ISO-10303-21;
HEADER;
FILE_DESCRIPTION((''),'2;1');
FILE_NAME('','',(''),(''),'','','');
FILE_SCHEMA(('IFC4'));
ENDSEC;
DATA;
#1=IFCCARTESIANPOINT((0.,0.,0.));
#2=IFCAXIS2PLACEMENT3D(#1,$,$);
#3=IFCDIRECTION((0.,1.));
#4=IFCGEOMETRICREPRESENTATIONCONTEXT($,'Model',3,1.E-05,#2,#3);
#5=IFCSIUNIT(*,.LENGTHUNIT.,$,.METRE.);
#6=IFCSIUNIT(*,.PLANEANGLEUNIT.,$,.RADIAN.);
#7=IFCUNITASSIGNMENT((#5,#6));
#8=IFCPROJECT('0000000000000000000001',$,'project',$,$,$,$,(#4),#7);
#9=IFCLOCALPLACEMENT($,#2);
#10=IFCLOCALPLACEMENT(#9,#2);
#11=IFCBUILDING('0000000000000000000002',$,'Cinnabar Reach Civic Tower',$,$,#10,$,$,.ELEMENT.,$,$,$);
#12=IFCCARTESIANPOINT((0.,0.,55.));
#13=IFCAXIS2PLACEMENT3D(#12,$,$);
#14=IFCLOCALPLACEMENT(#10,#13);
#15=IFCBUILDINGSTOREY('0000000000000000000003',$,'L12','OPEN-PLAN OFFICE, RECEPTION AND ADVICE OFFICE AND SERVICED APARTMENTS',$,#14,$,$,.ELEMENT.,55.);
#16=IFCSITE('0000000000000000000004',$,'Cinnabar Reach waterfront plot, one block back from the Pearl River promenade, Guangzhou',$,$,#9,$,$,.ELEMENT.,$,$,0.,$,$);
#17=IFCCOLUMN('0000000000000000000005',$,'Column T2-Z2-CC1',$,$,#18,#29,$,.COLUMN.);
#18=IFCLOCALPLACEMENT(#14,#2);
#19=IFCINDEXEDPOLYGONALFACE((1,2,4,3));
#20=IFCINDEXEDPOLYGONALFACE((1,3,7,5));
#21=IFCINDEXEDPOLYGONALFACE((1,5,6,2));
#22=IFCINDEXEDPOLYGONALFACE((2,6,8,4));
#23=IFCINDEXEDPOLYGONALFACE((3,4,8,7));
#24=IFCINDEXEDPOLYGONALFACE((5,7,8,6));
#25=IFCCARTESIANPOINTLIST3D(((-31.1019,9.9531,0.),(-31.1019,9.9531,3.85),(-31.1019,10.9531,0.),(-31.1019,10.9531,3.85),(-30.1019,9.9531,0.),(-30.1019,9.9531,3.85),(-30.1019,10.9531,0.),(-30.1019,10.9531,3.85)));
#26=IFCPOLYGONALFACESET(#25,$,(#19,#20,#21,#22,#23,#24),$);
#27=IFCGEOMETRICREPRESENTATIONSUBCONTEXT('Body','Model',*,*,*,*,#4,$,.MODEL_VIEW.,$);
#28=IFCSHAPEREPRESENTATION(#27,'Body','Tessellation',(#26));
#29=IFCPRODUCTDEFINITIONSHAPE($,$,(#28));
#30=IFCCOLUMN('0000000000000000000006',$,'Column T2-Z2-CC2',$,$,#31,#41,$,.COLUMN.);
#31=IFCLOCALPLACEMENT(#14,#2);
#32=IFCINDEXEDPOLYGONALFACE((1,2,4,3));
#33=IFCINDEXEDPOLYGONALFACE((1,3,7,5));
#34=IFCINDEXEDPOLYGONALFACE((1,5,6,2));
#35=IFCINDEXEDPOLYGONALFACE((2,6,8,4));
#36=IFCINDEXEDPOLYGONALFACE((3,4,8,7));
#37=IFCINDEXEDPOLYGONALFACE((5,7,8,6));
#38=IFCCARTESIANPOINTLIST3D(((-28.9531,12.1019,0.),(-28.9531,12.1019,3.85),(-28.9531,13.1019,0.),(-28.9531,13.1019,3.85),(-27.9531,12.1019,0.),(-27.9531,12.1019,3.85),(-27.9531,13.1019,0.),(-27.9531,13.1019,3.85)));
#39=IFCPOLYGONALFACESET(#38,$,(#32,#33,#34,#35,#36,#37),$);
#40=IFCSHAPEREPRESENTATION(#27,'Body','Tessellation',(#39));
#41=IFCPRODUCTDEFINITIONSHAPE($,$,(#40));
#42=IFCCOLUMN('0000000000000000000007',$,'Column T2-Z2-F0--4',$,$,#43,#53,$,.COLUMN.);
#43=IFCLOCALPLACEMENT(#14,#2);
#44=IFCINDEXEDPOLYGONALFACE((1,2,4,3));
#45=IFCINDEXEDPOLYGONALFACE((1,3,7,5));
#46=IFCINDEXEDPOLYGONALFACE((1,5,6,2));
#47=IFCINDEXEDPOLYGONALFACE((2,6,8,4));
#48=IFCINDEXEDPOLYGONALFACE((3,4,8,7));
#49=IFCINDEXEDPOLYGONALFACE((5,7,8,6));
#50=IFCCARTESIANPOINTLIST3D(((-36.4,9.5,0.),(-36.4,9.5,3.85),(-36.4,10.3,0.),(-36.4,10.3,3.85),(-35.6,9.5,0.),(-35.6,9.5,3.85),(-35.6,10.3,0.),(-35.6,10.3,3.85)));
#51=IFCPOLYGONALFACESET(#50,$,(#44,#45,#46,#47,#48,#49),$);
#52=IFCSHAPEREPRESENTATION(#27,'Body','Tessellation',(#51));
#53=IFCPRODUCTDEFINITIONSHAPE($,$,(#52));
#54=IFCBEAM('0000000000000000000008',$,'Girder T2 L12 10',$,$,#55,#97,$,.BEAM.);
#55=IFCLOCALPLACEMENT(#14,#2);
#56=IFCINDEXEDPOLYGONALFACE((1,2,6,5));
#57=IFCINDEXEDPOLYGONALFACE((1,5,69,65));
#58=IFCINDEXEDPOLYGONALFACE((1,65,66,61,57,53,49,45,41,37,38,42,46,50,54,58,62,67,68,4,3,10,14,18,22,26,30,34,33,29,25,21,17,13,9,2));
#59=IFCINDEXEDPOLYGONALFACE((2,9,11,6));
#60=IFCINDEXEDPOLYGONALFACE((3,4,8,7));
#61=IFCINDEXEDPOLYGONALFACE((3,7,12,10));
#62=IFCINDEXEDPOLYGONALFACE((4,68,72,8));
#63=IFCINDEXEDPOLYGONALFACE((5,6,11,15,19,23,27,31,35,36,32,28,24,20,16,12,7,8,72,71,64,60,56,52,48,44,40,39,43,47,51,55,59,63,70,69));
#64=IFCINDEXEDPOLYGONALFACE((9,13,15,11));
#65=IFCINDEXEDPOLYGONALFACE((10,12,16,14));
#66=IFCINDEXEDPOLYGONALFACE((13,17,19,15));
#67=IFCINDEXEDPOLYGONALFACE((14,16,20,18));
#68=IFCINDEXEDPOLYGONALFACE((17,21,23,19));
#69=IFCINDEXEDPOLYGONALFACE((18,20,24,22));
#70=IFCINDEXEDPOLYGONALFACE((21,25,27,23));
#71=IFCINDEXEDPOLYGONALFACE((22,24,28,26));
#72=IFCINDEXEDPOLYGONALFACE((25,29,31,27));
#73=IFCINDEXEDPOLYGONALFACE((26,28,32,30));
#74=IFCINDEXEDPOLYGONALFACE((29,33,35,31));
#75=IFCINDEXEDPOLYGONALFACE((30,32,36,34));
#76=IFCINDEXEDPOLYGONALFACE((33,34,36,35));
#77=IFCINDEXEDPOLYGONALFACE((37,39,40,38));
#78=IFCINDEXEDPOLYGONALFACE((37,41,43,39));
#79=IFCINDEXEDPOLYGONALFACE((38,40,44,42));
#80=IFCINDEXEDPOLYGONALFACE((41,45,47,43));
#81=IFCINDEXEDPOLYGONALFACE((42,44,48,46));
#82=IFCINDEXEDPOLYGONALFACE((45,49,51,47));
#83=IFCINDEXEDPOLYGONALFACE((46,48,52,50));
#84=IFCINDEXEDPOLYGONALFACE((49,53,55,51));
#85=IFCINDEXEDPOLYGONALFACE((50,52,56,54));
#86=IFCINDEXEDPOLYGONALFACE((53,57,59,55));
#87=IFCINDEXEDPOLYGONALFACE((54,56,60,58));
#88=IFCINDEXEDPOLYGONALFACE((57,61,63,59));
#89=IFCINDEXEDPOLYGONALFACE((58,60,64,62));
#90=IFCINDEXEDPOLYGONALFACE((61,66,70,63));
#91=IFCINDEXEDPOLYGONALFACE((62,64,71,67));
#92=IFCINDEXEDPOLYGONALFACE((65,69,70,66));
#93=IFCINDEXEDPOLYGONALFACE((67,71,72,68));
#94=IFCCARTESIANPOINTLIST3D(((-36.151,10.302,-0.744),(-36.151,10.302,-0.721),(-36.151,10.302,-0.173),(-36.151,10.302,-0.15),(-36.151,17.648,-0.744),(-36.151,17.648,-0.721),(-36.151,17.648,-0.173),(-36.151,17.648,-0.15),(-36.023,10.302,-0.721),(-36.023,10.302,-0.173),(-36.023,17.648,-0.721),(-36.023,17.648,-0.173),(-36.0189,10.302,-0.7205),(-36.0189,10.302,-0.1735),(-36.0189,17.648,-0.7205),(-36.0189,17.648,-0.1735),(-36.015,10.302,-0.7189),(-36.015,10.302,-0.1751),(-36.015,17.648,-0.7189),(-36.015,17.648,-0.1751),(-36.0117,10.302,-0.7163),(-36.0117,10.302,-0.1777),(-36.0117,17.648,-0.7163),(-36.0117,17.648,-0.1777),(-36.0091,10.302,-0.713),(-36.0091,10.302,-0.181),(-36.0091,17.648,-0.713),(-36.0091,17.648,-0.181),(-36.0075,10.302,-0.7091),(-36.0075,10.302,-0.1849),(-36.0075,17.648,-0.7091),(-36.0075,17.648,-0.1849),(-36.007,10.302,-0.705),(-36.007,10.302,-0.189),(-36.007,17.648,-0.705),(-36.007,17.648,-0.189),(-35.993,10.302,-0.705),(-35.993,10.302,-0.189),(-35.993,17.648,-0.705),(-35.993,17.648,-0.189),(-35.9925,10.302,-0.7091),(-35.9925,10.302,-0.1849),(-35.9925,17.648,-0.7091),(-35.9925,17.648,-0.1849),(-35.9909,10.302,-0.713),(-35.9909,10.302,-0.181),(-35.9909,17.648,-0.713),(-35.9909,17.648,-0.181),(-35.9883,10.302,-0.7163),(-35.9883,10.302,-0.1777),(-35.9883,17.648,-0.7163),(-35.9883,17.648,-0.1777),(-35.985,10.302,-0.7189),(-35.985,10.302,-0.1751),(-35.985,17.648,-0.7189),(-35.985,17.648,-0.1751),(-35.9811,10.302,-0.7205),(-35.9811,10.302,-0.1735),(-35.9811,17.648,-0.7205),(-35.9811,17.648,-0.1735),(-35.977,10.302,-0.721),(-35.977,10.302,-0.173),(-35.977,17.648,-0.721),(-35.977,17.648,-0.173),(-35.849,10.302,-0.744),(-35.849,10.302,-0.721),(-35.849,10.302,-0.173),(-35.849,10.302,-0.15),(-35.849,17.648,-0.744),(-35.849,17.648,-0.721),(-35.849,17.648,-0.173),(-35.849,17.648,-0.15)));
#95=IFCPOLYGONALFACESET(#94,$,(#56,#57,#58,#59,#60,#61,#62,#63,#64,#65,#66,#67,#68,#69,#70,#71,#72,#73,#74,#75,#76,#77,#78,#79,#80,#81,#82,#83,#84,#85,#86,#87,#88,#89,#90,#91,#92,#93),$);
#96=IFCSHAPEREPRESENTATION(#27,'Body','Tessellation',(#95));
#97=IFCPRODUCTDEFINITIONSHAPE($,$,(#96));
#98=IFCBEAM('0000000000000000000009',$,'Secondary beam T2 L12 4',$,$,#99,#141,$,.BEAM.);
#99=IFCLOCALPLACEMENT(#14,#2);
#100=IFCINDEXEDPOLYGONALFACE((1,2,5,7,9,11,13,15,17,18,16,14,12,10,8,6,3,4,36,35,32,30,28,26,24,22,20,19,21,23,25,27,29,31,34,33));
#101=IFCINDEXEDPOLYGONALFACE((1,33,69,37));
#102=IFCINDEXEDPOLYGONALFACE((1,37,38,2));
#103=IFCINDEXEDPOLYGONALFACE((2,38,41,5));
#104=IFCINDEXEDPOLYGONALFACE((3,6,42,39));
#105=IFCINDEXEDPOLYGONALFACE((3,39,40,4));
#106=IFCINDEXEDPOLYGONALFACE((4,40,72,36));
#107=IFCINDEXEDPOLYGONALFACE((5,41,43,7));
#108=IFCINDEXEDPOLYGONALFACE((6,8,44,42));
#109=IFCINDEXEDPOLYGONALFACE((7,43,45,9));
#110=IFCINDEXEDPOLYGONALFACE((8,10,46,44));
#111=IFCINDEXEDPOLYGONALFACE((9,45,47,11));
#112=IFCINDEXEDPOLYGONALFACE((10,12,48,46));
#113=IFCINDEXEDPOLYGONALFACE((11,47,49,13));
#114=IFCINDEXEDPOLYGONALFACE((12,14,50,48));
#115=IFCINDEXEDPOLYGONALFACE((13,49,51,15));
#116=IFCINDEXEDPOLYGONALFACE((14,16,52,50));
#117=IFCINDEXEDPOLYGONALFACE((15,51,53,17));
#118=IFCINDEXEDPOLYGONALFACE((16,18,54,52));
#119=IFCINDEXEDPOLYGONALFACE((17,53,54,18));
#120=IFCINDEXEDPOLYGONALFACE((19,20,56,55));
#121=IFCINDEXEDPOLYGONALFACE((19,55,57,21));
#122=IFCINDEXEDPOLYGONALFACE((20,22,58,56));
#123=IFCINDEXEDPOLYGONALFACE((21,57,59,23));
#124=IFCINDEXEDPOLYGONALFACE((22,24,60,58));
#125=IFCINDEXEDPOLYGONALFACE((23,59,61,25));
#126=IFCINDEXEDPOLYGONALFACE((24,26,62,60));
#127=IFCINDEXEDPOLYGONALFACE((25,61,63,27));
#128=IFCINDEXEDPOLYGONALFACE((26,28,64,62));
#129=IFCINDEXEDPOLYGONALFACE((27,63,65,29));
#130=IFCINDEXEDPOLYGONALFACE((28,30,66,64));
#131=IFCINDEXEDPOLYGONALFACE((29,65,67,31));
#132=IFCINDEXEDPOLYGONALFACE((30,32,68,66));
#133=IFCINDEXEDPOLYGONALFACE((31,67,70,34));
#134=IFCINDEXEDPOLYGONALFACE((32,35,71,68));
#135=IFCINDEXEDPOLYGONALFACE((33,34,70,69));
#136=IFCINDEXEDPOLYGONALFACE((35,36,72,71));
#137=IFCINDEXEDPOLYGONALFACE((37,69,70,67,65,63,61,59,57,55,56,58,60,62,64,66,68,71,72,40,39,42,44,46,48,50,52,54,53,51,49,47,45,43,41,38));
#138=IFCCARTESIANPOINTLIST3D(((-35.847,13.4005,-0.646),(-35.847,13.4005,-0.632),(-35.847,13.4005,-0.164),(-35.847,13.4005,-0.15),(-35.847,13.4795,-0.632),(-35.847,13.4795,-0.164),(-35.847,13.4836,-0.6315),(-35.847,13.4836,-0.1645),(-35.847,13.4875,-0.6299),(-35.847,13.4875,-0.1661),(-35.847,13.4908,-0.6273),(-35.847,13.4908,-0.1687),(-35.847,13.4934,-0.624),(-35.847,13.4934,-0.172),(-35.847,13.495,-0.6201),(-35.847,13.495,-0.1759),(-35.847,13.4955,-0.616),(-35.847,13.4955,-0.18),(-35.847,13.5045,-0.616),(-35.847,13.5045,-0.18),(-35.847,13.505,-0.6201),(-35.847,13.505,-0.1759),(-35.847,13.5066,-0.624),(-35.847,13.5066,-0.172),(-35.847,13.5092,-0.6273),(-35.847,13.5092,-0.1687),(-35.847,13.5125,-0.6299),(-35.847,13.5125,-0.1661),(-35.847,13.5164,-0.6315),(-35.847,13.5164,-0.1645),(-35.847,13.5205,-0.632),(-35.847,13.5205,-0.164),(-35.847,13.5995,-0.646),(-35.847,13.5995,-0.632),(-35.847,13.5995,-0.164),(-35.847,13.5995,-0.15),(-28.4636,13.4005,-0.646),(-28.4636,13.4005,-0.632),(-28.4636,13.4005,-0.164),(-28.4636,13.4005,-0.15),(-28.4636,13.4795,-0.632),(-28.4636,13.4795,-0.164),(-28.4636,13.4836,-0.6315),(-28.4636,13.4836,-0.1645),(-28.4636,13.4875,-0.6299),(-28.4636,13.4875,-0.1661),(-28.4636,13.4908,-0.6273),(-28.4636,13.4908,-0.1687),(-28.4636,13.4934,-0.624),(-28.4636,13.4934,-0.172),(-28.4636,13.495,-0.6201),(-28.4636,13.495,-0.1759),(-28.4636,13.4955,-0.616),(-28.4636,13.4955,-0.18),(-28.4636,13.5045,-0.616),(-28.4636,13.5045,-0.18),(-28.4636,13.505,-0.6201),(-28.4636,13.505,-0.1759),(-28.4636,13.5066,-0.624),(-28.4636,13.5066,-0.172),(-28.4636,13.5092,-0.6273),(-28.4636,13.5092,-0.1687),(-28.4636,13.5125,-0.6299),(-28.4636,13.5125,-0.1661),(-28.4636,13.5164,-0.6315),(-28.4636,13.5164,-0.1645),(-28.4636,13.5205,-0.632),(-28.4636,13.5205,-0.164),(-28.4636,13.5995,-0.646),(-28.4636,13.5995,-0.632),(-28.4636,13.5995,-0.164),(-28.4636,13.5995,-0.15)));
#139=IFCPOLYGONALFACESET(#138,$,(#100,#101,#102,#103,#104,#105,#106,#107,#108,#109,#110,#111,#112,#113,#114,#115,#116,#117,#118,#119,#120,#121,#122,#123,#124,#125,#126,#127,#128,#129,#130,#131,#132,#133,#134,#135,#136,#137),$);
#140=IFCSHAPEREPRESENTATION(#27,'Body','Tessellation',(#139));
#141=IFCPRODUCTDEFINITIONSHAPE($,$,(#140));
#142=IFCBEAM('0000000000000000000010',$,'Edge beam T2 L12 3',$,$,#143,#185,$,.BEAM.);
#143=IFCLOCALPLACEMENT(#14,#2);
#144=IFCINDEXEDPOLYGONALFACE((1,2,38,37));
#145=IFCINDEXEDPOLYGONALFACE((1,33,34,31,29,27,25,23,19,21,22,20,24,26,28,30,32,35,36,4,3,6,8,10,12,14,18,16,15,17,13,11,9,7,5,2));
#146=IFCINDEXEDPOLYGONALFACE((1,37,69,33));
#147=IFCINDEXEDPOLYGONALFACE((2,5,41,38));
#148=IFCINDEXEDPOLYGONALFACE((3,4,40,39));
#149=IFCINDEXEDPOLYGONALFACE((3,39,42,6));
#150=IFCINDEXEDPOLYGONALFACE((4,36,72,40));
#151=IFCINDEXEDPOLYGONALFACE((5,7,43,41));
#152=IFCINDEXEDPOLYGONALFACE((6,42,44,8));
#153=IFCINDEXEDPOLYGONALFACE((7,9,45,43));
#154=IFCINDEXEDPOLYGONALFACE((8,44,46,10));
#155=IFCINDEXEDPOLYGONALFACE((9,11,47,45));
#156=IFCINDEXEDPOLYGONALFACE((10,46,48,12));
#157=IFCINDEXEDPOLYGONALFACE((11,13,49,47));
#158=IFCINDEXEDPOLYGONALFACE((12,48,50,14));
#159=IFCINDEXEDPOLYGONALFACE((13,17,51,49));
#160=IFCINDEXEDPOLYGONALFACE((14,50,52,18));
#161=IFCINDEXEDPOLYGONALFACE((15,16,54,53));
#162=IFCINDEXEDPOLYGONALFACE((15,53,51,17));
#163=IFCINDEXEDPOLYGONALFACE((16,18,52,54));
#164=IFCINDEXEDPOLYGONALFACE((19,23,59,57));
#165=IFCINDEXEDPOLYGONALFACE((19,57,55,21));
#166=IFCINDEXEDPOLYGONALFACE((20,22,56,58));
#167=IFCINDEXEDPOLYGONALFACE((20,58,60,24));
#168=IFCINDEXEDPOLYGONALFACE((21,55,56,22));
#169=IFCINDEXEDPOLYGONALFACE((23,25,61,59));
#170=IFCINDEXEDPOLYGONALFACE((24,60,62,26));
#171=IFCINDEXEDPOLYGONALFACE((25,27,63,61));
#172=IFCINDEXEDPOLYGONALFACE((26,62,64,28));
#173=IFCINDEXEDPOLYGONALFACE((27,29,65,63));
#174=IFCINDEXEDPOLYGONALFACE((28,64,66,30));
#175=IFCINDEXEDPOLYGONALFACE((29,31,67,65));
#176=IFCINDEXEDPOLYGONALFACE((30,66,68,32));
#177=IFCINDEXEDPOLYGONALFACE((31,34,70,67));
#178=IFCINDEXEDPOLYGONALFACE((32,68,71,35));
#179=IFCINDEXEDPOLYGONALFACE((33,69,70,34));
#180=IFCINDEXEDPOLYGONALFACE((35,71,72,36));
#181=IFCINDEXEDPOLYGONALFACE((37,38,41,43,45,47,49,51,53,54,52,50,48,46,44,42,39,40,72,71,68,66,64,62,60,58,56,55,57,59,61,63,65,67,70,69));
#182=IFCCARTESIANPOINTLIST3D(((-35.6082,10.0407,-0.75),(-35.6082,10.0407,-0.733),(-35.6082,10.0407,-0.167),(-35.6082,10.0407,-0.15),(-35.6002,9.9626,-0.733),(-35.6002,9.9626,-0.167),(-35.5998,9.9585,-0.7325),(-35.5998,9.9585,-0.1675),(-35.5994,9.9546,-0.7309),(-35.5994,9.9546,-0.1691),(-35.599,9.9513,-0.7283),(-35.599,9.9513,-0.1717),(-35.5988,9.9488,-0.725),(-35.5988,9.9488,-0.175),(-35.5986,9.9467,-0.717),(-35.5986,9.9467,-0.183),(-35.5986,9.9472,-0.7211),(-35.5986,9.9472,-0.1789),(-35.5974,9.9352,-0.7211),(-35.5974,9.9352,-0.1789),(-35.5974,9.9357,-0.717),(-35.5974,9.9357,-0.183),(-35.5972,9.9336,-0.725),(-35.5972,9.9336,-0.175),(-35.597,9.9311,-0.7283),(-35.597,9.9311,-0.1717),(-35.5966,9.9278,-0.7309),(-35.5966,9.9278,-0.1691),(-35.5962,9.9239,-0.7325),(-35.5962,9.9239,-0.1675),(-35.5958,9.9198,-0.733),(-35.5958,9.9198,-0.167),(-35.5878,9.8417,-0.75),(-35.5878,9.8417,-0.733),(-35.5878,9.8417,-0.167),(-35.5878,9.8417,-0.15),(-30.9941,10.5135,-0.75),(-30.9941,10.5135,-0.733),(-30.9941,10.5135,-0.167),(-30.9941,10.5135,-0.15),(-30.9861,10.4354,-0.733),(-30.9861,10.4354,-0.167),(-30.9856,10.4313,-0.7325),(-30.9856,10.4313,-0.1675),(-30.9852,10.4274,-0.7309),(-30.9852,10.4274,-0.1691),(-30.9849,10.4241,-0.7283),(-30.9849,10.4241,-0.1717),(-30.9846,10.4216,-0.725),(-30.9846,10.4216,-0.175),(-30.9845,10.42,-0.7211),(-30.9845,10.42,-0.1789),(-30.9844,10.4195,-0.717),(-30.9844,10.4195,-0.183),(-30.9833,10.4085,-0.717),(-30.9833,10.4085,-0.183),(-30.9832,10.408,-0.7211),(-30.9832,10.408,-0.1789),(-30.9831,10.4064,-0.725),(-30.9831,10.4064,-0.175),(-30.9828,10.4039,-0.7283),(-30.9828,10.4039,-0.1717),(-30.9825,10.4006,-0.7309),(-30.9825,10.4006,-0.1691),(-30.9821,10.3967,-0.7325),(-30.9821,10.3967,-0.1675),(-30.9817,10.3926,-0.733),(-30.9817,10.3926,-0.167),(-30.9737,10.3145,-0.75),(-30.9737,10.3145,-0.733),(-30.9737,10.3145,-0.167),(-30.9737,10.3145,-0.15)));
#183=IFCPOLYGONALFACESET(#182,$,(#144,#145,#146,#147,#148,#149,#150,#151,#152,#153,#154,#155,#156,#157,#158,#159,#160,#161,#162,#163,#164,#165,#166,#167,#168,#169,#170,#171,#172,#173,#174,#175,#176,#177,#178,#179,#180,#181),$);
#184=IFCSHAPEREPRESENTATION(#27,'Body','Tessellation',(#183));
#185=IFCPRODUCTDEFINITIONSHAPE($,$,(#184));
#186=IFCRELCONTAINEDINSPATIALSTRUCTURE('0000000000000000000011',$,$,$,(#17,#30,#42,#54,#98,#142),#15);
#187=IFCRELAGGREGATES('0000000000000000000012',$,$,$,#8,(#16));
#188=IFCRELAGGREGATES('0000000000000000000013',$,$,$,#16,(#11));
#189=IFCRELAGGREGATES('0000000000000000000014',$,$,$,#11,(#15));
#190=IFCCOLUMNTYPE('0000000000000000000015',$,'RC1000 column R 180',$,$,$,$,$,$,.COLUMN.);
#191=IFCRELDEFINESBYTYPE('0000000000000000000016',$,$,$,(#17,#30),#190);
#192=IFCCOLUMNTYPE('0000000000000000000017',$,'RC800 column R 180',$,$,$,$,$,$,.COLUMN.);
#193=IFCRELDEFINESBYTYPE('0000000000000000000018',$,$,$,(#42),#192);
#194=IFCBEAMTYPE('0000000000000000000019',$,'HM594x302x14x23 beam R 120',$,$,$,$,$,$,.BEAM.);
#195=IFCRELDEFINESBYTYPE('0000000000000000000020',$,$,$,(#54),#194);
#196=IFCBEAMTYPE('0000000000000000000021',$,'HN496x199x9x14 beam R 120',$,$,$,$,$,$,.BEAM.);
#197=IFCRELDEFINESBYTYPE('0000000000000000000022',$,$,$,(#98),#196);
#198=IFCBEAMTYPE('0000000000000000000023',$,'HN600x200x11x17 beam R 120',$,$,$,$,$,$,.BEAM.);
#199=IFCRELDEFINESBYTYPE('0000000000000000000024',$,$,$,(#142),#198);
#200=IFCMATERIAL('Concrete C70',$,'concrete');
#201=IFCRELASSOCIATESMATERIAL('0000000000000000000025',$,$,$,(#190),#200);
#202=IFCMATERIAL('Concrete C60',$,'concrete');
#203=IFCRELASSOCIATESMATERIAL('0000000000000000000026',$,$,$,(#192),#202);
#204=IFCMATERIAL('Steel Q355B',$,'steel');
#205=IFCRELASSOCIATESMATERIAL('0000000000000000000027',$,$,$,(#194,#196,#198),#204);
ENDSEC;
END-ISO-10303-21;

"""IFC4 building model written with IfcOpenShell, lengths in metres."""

from ifc_helpers import new_model, si_unit, direction, frame, origin, origin_2d, place, context, subcontext, project, spatial, rectangle, i_section, extrude, material, material_profile, profile_set, type_object, element, save


model = new_model("IFC4")

# Units and contexts
model_context = context("Model", 3, precision=1e-05, world=origin(), true_north=direction((0.0, 1.0)))
body_context = subcontext(model_context, "Body", "Model", "MODEL_VIEW")
ifc_project = project(units=[si_unit("LENGTHUNIT", "METRE"), si_unit("PLANEANGLEUNIT", "RADIAN")], contexts=[model_context])

# Site, building, storey
site_placement = place(None, origin())
site = spatial("IfcSite", under=ifc_project, at=site_placement, Name="Cinnabar Reach waterfront plot, one block back from the Pearl River promenade, Guangzhou", CompositionType="ELEMENT", RefElevation=0.0)
building_placement = place(site_placement, origin())
building = spatial("IfcBuilding", under=site, at=building_placement, Name="Cinnabar Reach Civic Tower", CompositionType="ELEMENT")
storey_placement = place(building_placement, frame((0.0, 0.0, 55.0)))
storey = spatial("IfcBuildingStorey", under=building, at=storey_placement, Name="L12", Description="OPEN-PLAN OFFICE, RECEPTION AND ADVICE OFFICE AND SERVICED APARTMENTS", CompositionType="ELEMENT", Elevation=55.0)

# Columns
ifc_material_1 = material(Name="Concrete C70", Category="concrete")
ifc_material_profile_1 = material_profile(ifc_material_1, rectangle(XDim=1.0, YDim=1.0, at=origin_2d()), Name="RC1000")
ifc_profile_set_1 = profile_set([ifc_material_profile_1], Name="Concrete C70")
column_type_1 = type_object("IfcColumnType", Name="RC1000 column R 180", PredefinedType="COLUMN", material=ifc_profile_set_1)
for number, where, z_axis, x_axis, name in (
    (1, (-30.6019, 10.4531, 0.0), (0.0, 0.0, 1.0), (1.0, 0.0, 0.0), "Column T2-Z2-CC1"),
    (2, (-28.4531, 12.6019, 0.0), (0.0, 0.0, 1.0), (1.0, 0.0, 0.0), "Column T2-Z2-CC2"),
):
    element("IfcColumn", number, at=place(storey_placement, frame(where, z_axis=z_axis, x_axis=x_axis)), inside=storey, type_object=column_type_1, Name=name, PredefinedType="COLUMN", context=body_context, shape_type="SweptSolid", body=[
        extrude(rectangle(XDim=1.0, YDim=1.0, at=origin_2d()), origin(), (0.0, 0.0, 1.0), 3.85),
    ])
ifc_material_2 = material(Name="Concrete C60", Category="concrete")
ifc_material_profile_2 = material_profile(ifc_material_2, rectangle(XDim=0.8, YDim=0.8, at=origin_2d()), Name="RC800")
ifc_profile_set_2 = profile_set([ifc_material_profile_2], Name="Concrete C60")
column_type_2 = type_object("IfcColumnType", Name="RC800 column R 180", PredefinedType="COLUMN", material=ifc_profile_set_2)
column_placement = place(storey_placement, frame((-36.0, 9.9, 0.0), z_axis=(0.0, 0.0, 1.0), x_axis=(1.0, 0.0, 0.0)))
element("IfcColumn", 3, at=column_placement, inside=storey, type_object=column_type_2, Name="Column T2-Z2-F0--4", PredefinedType="COLUMN", context=body_context, shape_type="SweptSolid", body=[
    extrude(rectangle(XDim=0.8, YDim=0.8, at=origin_2d()), origin(), (0.0, 0.0, 1.0), 3.85),
])

# Beams
ifc_material_3 = material(Name="Steel Q355B", Category="steel")
ifc_material_profile_3 = material_profile(ifc_material_3, i_section(OverallWidth=0.302, OverallDepth=0.594, WebThickness=0.014, FlangeThickness=0.023, FilletRadius=0.016, at=origin_2d()), Name="HM594x302x14x23")
ifc_profile_set_3 = profile_set([ifc_material_profile_3], Name="Steel Q355B")
beam_type_1 = type_object("IfcBeamType", Name="HM594x302x14x23 beam R 120", PredefinedType="BEAM", material=ifc_profile_set_3)
beam_1_placement = place(storey_placement, frame((-36.0, 10.302, -0.447), z_axis=(0.0, 1.0, 0.0), x_axis=(-1.0, 0.0, 0.0)))
element("IfcBeam", 4, at=beam_1_placement, inside=storey, type_object=beam_type_1, Name="Girder T2 L12 10", PredefinedType="BEAM", context=body_context, shape_type="SweptSolid", body=[
    extrude(i_section(OverallWidth=0.302, OverallDepth=0.594, WebThickness=0.014, FlangeThickness=0.023, FilletRadius=0.016, at=origin_2d()), origin(), (0.0, 0.0, 1.0), 7.346),
])
ifc_material_profile_4 = material_profile(ifc_material_3, i_section(OverallWidth=0.199, OverallDepth=0.496, WebThickness=0.009, FlangeThickness=0.014, FilletRadius=0.016, at=origin_2d()), Name="HN496x199x9x14")
ifc_profile_set_4 = profile_set([ifc_material_profile_4], Name="Steel Q355B")
beam_type_2 = type_object("IfcBeamType", Name="HN496x199x9x14 beam R 120", PredefinedType="BEAM", material=ifc_profile_set_4)
beam_2_placement = place(storey_placement, frame((-35.847, 13.5, -0.398), z_axis=(1.0, 0.0, 0.0), x_axis=(0.0, 1.0, 0.0)))
element("IfcBeam", 5, at=beam_2_placement, inside=storey, type_object=beam_type_2, Name="Secondary beam T2 L12 4", PredefinedType="BEAM", context=body_context, shape_type="SweptSolid", body=[
    extrude(i_section(OverallWidth=0.199, OverallDepth=0.496, WebThickness=0.009, FlangeThickness=0.014, FilletRadius=0.016, at=origin_2d()), origin(), (0.0, 0.0, 1.0), 7.3834),
])
ifc_material_profile_5 = material_profile(ifc_material_3, i_section(OverallWidth=0.2, OverallDepth=0.6, WebThickness=0.011, FlangeThickness=0.017, FilletRadius=0.016, at=origin_2d()), Name="HN600x200x11x17")
ifc_profile_set_5 = profile_set([ifc_material_profile_5], Name="Steel Q355B")
beam_type_3 = type_object("IfcBeamType", Name="HN600x200x11x17 beam R 120", PredefinedType="BEAM", material=ifc_profile_set_5)
beam_3_placement = place(storey_placement, frame((-35.598, 9.9412, -0.45), z_axis=(0.994791, 0.101935, 0.0), x_axis=(-0.101935, 0.994791, 0.0)))
element("IfcBeam", 6, at=beam_3_placement, inside=storey, type_object=beam_type_3, Name="Edge beam T2 L12 3", PredefinedType="BEAM", context=body_context, shape_type="SweptSolid", body=[
    extrude(i_section(OverallWidth=0.2, OverallDepth=0.6, WebThickness=0.011, FlangeThickness=0.017, FilletRadius=0.016, at=origin_2d()), origin(), (0.0, 0.0, 1.0), 4.6383),
])

save(model, "model.ifc")
